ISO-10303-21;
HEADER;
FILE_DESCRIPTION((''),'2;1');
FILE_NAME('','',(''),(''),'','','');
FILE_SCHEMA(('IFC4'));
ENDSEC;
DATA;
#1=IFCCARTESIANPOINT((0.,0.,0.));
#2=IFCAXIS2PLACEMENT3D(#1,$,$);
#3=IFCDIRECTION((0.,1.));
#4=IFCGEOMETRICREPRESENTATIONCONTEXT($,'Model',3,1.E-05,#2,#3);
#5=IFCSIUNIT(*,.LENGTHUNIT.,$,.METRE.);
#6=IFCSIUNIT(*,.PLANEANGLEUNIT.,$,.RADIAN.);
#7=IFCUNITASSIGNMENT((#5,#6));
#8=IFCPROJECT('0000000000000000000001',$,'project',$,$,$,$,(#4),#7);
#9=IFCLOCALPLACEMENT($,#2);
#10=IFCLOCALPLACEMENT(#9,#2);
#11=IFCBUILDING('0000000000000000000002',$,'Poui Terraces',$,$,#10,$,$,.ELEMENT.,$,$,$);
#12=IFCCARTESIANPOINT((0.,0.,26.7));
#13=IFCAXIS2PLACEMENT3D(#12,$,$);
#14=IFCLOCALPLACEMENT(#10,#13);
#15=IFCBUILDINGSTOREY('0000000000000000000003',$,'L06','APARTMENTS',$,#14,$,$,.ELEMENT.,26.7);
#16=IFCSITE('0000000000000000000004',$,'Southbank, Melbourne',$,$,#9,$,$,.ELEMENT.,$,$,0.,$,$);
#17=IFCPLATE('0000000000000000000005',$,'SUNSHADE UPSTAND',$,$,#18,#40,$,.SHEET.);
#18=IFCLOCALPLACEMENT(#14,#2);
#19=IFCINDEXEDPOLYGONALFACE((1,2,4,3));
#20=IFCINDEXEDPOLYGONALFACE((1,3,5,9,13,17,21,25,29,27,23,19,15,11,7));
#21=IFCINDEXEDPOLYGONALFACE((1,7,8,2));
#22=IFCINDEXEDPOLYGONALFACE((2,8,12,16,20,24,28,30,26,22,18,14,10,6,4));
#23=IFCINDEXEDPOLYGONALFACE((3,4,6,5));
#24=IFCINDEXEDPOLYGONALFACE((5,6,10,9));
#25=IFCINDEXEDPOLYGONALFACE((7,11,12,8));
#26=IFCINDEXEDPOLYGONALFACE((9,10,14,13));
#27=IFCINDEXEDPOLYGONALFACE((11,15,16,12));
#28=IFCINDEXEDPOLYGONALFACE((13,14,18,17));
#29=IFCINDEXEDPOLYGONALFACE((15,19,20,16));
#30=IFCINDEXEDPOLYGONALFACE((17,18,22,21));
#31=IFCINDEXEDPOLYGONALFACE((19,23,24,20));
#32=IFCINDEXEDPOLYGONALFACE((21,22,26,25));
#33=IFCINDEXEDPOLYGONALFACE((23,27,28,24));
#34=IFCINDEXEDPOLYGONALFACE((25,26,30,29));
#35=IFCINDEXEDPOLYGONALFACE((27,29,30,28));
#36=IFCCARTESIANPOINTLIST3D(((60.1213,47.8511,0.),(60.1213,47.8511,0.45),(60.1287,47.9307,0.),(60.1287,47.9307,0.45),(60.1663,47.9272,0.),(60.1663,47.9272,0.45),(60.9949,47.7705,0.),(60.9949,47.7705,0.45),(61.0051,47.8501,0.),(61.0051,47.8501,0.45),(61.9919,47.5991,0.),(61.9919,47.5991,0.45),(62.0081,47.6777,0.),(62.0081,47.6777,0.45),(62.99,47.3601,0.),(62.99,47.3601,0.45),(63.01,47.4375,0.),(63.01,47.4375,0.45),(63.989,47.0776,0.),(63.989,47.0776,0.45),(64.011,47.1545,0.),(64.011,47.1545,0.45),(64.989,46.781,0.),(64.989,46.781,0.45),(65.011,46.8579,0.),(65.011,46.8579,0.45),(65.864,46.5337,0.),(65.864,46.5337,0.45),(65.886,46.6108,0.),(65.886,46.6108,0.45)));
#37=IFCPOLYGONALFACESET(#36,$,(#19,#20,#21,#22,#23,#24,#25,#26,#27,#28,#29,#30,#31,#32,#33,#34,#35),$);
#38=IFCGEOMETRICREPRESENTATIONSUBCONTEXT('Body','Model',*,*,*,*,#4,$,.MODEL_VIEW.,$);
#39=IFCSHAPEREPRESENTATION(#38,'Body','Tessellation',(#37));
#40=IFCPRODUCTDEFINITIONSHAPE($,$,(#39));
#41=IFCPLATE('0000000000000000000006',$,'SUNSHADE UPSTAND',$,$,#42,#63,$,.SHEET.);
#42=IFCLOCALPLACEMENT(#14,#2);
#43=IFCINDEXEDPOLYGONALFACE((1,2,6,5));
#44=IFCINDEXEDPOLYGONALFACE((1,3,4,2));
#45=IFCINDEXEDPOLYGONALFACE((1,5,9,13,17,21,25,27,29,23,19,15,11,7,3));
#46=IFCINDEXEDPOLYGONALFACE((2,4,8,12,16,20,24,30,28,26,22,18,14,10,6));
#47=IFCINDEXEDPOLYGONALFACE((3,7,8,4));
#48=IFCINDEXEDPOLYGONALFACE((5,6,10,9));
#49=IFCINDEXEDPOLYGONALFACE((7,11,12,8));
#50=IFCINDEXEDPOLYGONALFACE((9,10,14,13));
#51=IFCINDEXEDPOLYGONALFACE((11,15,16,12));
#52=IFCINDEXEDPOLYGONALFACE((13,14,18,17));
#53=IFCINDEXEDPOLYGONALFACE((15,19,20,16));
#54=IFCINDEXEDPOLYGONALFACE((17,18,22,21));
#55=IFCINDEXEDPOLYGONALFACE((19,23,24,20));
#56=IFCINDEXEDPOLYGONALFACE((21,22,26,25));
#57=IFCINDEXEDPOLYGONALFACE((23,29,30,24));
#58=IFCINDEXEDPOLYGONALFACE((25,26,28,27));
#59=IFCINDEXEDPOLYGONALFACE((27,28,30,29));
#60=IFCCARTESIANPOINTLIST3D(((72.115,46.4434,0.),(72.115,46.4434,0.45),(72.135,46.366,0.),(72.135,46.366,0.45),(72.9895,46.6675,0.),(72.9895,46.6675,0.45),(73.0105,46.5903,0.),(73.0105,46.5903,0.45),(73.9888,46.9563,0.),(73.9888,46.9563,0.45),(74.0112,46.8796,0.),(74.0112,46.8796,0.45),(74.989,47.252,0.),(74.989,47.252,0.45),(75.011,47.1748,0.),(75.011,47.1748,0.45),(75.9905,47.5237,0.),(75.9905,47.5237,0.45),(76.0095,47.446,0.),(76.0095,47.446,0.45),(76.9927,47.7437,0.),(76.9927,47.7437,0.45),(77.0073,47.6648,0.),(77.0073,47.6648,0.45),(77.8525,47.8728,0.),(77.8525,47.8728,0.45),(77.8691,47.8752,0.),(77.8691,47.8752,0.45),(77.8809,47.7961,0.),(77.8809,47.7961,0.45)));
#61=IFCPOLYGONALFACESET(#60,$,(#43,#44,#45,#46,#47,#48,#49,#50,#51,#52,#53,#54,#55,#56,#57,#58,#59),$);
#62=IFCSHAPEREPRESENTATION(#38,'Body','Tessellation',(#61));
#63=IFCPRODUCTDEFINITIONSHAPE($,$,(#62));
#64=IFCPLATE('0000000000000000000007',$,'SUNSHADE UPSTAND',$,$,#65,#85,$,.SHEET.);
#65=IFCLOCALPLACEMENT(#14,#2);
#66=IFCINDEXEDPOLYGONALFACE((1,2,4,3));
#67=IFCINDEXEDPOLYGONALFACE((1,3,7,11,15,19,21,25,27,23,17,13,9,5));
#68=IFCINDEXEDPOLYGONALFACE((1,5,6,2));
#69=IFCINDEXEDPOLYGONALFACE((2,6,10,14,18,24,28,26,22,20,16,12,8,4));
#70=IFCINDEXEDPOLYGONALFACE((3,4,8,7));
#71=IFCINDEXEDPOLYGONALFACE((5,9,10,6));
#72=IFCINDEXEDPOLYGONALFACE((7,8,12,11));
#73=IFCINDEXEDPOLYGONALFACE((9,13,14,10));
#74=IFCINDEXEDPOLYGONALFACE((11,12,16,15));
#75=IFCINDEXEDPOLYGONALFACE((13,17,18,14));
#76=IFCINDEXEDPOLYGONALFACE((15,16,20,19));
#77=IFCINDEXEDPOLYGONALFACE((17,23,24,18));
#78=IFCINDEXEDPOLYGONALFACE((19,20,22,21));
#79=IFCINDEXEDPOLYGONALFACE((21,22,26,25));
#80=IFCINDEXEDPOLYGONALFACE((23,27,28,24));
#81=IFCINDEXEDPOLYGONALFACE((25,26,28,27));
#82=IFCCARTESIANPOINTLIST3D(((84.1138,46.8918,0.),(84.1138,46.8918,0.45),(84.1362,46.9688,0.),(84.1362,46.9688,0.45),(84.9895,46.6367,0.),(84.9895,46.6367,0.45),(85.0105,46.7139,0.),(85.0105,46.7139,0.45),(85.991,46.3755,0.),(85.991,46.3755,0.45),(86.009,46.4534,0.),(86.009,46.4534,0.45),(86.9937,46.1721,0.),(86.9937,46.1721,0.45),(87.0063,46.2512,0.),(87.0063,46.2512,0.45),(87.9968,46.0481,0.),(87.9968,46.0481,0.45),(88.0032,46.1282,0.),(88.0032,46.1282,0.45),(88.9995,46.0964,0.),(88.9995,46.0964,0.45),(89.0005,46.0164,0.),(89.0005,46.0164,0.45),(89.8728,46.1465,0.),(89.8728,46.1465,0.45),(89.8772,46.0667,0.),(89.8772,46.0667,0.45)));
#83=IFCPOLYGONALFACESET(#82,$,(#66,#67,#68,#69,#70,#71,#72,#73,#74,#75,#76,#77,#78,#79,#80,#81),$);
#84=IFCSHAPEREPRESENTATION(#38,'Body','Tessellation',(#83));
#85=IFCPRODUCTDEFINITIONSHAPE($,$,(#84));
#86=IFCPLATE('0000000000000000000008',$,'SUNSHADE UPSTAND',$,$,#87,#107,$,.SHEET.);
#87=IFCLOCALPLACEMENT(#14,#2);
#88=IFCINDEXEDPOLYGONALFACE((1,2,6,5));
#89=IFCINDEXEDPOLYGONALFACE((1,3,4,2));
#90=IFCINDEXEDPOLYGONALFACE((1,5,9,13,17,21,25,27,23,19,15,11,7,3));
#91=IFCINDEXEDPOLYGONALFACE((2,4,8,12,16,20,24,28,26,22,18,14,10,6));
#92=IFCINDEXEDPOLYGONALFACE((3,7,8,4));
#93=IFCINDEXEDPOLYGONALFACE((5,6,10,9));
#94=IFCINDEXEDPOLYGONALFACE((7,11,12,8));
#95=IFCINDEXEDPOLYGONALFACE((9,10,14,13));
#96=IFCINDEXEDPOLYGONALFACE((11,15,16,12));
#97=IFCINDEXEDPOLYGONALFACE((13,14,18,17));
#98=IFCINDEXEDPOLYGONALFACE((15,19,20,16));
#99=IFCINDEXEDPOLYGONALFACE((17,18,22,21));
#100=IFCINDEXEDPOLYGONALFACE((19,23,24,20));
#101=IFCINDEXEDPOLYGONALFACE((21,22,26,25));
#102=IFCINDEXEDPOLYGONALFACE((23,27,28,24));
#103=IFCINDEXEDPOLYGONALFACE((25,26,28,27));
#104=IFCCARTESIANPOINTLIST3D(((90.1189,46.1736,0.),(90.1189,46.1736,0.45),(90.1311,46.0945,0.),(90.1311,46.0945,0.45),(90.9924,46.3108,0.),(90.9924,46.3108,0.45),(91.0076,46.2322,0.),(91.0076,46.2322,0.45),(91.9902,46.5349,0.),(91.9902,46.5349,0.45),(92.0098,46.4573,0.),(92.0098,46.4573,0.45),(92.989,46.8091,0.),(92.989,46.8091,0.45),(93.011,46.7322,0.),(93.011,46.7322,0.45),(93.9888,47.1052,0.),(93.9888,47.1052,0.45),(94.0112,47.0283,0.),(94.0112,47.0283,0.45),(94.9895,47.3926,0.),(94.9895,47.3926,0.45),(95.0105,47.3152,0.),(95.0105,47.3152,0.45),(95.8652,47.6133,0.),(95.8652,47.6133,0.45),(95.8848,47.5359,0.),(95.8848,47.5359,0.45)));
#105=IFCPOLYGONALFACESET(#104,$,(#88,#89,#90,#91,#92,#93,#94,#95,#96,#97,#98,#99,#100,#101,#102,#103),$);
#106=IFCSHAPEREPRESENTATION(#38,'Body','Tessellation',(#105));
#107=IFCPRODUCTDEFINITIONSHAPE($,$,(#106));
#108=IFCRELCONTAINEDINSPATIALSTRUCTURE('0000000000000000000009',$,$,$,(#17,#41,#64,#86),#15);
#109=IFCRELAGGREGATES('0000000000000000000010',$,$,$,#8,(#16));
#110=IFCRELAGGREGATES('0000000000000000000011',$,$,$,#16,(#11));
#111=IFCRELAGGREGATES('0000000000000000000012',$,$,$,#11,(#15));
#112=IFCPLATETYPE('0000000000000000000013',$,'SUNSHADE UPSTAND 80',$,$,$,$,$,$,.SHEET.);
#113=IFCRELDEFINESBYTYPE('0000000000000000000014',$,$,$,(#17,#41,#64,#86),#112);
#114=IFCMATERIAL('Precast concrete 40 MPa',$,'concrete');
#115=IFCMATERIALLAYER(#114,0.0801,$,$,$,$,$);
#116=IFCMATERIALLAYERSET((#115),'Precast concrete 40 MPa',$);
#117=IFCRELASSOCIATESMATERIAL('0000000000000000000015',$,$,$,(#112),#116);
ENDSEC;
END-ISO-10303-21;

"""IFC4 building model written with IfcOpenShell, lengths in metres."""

from ifc_helpers import new_model, si_unit, direction, frame, origin, place, context, subcontext, project, spatial, polyline, outline, extrude, material, layer, layer_set, type_object, element, save


model = new_model("IFC4")

# Units and contexts
model_context = context("Model", 3, precision=1e-05, world=origin(), true_north=direction((0.0, 1.0)))
body_context = subcontext(model_context, "Body", "Model", "MODEL_VIEW")
ifc_project = project(units=[si_unit("LENGTHUNIT", "METRE"), si_unit("PLANEANGLEUNIT", "RADIAN")], contexts=[model_context])

# Site, building, storey
site_placement = place(None, origin())
site = spatial("IfcSite", under=ifc_project, at=site_placement, Name="Southbank, Melbourne", CompositionType="ELEMENT", RefElevation=0.0)
building_placement = place(site_placement, origin())
building = spatial("IfcBuilding", under=site, at=building_placement, Name="Poui Terraces", CompositionType="ELEMENT")
storey_placement = place(building_placement, frame((0.0, 0.0, 26.7)))
storey = spatial("IfcBuildingStorey", under=building, at=storey_placement, Name="L06", Description="APARTMENTS", CompositionType="ELEMENT", Elevation=26.7)

# Shared definitions
ifc_material_1 = material(Name="Precast concrete 40 MPa", Category="concrete")

# Plates
ifc_layer_1 = layer(ifc_material_1, 0.0801)
ifc_layer_set_1 = layer_set([ifc_layer_1], Name="Precast concrete 40 MPa")
plate_type = type_object("IfcPlateType", Name="SUNSHADE UPSTAND 80", PredefinedType="SHEET", material=ifc_layer_set_1)
plate_1_placement = place(storey_placement, origin())
element("IfcPlate", 1, at=plate_1_placement, inside=storey, type_object=plate_type, Name="SUNSHADE UPSTAND", PredefinedType="SHEET", context=body_context, shape_type="SweptSolid", body=[
    extrude(outline(polyline([(61.0051, 47.8501), (60.1663, 47.9272), (60.1287, 47.9307), (60.1213, 47.8511), (60.9949, 47.7705), (61.9919, 47.5991), (62.99, 47.3601), (63.989, 47.0776), (64.989, 46.781), (65.864, 46.5337), (65.886, 46.6108), (65.011, 46.8579), (64.011, 47.1545), (63.01, 47.4375), (62.0081, 47.6777), (61.0051, 47.8501)])), origin(), (0.0, 0.0, 1.0), 0.45),
])
plate_2_placement = place(storey_placement, origin())
element("IfcPlate", 2, at=plate_2_placement, inside=storey, type_object=plate_type, Name="SUNSHADE UPSTAND", PredefinedType="SHEET", context=body_context, shape_type="SweptSolid", body=[
    extrude(outline(polyline([(72.9895, 46.6675), (72.115, 46.4434), (72.135, 46.366), (73.0105, 46.5903), (74.0112, 46.8796), (75.011, 47.1748), (76.0095, 47.446), (77.0073, 47.6648), (77.8809, 47.7961), (77.8691, 47.8752), (77.8525, 47.8728), (76.9927, 47.7437), (75.9905, 47.5237), (74.989, 47.252), (73.9888, 46.9563), (72.9895, 46.6675)])), origin(), (0.0, 0.0, 1.0), 0.45),
])
plate_3_placement = place(storey_placement, origin())
element("IfcPlate", 3, at=plate_3_placement, inside=storey, type_object=plate_type, Name="SUNSHADE UPSTAND", PredefinedType="SHEET", context=body_context, shape_type="SweptSolid", body=[
    extrude(outline(polyline([(85.0105, 46.7139), (84.1362, 46.9688), (84.1138, 46.8918), (84.9895, 46.6367), (85.991, 46.3755), (86.9937, 46.1721), (87.9968, 46.0481), (89.0005, 46.0164), (89.8772, 46.0667), (89.8728, 46.1465), (88.9995, 46.0964), (88.0032, 46.1282), (87.0063, 46.2512), (86.009, 46.4534), (85.0105, 46.7139)])), origin(), (0.0, 0.0, 1.0), 0.45),
])
plate_4_placement = place(storey_placement, origin())
element("IfcPlate", 4, at=plate_4_placement, inside=storey, type_object=plate_type, Name="SUNSHADE UPSTAND", PredefinedType="SHEET", context=body_context, shape_type="SweptSolid", body=[
    extrude(outline(polyline([(90.9924, 46.3108), (90.1189, 46.1736), (90.1311, 46.0945), (91.0076, 46.2322), (92.0098, 46.4573), (93.011, 46.7322), (94.0112, 47.0283), (95.0105, 47.3152), (95.8848, 47.5359), (95.8652, 47.6133), (94.9895, 47.3926), (93.9888, 47.1052), (92.989, 46.8091), (91.9902, 46.5349), (90.9924, 46.3108)])), origin(), (0.0, 0.0, 1.0), 0.45),
])

save(model, "model.ifc")
